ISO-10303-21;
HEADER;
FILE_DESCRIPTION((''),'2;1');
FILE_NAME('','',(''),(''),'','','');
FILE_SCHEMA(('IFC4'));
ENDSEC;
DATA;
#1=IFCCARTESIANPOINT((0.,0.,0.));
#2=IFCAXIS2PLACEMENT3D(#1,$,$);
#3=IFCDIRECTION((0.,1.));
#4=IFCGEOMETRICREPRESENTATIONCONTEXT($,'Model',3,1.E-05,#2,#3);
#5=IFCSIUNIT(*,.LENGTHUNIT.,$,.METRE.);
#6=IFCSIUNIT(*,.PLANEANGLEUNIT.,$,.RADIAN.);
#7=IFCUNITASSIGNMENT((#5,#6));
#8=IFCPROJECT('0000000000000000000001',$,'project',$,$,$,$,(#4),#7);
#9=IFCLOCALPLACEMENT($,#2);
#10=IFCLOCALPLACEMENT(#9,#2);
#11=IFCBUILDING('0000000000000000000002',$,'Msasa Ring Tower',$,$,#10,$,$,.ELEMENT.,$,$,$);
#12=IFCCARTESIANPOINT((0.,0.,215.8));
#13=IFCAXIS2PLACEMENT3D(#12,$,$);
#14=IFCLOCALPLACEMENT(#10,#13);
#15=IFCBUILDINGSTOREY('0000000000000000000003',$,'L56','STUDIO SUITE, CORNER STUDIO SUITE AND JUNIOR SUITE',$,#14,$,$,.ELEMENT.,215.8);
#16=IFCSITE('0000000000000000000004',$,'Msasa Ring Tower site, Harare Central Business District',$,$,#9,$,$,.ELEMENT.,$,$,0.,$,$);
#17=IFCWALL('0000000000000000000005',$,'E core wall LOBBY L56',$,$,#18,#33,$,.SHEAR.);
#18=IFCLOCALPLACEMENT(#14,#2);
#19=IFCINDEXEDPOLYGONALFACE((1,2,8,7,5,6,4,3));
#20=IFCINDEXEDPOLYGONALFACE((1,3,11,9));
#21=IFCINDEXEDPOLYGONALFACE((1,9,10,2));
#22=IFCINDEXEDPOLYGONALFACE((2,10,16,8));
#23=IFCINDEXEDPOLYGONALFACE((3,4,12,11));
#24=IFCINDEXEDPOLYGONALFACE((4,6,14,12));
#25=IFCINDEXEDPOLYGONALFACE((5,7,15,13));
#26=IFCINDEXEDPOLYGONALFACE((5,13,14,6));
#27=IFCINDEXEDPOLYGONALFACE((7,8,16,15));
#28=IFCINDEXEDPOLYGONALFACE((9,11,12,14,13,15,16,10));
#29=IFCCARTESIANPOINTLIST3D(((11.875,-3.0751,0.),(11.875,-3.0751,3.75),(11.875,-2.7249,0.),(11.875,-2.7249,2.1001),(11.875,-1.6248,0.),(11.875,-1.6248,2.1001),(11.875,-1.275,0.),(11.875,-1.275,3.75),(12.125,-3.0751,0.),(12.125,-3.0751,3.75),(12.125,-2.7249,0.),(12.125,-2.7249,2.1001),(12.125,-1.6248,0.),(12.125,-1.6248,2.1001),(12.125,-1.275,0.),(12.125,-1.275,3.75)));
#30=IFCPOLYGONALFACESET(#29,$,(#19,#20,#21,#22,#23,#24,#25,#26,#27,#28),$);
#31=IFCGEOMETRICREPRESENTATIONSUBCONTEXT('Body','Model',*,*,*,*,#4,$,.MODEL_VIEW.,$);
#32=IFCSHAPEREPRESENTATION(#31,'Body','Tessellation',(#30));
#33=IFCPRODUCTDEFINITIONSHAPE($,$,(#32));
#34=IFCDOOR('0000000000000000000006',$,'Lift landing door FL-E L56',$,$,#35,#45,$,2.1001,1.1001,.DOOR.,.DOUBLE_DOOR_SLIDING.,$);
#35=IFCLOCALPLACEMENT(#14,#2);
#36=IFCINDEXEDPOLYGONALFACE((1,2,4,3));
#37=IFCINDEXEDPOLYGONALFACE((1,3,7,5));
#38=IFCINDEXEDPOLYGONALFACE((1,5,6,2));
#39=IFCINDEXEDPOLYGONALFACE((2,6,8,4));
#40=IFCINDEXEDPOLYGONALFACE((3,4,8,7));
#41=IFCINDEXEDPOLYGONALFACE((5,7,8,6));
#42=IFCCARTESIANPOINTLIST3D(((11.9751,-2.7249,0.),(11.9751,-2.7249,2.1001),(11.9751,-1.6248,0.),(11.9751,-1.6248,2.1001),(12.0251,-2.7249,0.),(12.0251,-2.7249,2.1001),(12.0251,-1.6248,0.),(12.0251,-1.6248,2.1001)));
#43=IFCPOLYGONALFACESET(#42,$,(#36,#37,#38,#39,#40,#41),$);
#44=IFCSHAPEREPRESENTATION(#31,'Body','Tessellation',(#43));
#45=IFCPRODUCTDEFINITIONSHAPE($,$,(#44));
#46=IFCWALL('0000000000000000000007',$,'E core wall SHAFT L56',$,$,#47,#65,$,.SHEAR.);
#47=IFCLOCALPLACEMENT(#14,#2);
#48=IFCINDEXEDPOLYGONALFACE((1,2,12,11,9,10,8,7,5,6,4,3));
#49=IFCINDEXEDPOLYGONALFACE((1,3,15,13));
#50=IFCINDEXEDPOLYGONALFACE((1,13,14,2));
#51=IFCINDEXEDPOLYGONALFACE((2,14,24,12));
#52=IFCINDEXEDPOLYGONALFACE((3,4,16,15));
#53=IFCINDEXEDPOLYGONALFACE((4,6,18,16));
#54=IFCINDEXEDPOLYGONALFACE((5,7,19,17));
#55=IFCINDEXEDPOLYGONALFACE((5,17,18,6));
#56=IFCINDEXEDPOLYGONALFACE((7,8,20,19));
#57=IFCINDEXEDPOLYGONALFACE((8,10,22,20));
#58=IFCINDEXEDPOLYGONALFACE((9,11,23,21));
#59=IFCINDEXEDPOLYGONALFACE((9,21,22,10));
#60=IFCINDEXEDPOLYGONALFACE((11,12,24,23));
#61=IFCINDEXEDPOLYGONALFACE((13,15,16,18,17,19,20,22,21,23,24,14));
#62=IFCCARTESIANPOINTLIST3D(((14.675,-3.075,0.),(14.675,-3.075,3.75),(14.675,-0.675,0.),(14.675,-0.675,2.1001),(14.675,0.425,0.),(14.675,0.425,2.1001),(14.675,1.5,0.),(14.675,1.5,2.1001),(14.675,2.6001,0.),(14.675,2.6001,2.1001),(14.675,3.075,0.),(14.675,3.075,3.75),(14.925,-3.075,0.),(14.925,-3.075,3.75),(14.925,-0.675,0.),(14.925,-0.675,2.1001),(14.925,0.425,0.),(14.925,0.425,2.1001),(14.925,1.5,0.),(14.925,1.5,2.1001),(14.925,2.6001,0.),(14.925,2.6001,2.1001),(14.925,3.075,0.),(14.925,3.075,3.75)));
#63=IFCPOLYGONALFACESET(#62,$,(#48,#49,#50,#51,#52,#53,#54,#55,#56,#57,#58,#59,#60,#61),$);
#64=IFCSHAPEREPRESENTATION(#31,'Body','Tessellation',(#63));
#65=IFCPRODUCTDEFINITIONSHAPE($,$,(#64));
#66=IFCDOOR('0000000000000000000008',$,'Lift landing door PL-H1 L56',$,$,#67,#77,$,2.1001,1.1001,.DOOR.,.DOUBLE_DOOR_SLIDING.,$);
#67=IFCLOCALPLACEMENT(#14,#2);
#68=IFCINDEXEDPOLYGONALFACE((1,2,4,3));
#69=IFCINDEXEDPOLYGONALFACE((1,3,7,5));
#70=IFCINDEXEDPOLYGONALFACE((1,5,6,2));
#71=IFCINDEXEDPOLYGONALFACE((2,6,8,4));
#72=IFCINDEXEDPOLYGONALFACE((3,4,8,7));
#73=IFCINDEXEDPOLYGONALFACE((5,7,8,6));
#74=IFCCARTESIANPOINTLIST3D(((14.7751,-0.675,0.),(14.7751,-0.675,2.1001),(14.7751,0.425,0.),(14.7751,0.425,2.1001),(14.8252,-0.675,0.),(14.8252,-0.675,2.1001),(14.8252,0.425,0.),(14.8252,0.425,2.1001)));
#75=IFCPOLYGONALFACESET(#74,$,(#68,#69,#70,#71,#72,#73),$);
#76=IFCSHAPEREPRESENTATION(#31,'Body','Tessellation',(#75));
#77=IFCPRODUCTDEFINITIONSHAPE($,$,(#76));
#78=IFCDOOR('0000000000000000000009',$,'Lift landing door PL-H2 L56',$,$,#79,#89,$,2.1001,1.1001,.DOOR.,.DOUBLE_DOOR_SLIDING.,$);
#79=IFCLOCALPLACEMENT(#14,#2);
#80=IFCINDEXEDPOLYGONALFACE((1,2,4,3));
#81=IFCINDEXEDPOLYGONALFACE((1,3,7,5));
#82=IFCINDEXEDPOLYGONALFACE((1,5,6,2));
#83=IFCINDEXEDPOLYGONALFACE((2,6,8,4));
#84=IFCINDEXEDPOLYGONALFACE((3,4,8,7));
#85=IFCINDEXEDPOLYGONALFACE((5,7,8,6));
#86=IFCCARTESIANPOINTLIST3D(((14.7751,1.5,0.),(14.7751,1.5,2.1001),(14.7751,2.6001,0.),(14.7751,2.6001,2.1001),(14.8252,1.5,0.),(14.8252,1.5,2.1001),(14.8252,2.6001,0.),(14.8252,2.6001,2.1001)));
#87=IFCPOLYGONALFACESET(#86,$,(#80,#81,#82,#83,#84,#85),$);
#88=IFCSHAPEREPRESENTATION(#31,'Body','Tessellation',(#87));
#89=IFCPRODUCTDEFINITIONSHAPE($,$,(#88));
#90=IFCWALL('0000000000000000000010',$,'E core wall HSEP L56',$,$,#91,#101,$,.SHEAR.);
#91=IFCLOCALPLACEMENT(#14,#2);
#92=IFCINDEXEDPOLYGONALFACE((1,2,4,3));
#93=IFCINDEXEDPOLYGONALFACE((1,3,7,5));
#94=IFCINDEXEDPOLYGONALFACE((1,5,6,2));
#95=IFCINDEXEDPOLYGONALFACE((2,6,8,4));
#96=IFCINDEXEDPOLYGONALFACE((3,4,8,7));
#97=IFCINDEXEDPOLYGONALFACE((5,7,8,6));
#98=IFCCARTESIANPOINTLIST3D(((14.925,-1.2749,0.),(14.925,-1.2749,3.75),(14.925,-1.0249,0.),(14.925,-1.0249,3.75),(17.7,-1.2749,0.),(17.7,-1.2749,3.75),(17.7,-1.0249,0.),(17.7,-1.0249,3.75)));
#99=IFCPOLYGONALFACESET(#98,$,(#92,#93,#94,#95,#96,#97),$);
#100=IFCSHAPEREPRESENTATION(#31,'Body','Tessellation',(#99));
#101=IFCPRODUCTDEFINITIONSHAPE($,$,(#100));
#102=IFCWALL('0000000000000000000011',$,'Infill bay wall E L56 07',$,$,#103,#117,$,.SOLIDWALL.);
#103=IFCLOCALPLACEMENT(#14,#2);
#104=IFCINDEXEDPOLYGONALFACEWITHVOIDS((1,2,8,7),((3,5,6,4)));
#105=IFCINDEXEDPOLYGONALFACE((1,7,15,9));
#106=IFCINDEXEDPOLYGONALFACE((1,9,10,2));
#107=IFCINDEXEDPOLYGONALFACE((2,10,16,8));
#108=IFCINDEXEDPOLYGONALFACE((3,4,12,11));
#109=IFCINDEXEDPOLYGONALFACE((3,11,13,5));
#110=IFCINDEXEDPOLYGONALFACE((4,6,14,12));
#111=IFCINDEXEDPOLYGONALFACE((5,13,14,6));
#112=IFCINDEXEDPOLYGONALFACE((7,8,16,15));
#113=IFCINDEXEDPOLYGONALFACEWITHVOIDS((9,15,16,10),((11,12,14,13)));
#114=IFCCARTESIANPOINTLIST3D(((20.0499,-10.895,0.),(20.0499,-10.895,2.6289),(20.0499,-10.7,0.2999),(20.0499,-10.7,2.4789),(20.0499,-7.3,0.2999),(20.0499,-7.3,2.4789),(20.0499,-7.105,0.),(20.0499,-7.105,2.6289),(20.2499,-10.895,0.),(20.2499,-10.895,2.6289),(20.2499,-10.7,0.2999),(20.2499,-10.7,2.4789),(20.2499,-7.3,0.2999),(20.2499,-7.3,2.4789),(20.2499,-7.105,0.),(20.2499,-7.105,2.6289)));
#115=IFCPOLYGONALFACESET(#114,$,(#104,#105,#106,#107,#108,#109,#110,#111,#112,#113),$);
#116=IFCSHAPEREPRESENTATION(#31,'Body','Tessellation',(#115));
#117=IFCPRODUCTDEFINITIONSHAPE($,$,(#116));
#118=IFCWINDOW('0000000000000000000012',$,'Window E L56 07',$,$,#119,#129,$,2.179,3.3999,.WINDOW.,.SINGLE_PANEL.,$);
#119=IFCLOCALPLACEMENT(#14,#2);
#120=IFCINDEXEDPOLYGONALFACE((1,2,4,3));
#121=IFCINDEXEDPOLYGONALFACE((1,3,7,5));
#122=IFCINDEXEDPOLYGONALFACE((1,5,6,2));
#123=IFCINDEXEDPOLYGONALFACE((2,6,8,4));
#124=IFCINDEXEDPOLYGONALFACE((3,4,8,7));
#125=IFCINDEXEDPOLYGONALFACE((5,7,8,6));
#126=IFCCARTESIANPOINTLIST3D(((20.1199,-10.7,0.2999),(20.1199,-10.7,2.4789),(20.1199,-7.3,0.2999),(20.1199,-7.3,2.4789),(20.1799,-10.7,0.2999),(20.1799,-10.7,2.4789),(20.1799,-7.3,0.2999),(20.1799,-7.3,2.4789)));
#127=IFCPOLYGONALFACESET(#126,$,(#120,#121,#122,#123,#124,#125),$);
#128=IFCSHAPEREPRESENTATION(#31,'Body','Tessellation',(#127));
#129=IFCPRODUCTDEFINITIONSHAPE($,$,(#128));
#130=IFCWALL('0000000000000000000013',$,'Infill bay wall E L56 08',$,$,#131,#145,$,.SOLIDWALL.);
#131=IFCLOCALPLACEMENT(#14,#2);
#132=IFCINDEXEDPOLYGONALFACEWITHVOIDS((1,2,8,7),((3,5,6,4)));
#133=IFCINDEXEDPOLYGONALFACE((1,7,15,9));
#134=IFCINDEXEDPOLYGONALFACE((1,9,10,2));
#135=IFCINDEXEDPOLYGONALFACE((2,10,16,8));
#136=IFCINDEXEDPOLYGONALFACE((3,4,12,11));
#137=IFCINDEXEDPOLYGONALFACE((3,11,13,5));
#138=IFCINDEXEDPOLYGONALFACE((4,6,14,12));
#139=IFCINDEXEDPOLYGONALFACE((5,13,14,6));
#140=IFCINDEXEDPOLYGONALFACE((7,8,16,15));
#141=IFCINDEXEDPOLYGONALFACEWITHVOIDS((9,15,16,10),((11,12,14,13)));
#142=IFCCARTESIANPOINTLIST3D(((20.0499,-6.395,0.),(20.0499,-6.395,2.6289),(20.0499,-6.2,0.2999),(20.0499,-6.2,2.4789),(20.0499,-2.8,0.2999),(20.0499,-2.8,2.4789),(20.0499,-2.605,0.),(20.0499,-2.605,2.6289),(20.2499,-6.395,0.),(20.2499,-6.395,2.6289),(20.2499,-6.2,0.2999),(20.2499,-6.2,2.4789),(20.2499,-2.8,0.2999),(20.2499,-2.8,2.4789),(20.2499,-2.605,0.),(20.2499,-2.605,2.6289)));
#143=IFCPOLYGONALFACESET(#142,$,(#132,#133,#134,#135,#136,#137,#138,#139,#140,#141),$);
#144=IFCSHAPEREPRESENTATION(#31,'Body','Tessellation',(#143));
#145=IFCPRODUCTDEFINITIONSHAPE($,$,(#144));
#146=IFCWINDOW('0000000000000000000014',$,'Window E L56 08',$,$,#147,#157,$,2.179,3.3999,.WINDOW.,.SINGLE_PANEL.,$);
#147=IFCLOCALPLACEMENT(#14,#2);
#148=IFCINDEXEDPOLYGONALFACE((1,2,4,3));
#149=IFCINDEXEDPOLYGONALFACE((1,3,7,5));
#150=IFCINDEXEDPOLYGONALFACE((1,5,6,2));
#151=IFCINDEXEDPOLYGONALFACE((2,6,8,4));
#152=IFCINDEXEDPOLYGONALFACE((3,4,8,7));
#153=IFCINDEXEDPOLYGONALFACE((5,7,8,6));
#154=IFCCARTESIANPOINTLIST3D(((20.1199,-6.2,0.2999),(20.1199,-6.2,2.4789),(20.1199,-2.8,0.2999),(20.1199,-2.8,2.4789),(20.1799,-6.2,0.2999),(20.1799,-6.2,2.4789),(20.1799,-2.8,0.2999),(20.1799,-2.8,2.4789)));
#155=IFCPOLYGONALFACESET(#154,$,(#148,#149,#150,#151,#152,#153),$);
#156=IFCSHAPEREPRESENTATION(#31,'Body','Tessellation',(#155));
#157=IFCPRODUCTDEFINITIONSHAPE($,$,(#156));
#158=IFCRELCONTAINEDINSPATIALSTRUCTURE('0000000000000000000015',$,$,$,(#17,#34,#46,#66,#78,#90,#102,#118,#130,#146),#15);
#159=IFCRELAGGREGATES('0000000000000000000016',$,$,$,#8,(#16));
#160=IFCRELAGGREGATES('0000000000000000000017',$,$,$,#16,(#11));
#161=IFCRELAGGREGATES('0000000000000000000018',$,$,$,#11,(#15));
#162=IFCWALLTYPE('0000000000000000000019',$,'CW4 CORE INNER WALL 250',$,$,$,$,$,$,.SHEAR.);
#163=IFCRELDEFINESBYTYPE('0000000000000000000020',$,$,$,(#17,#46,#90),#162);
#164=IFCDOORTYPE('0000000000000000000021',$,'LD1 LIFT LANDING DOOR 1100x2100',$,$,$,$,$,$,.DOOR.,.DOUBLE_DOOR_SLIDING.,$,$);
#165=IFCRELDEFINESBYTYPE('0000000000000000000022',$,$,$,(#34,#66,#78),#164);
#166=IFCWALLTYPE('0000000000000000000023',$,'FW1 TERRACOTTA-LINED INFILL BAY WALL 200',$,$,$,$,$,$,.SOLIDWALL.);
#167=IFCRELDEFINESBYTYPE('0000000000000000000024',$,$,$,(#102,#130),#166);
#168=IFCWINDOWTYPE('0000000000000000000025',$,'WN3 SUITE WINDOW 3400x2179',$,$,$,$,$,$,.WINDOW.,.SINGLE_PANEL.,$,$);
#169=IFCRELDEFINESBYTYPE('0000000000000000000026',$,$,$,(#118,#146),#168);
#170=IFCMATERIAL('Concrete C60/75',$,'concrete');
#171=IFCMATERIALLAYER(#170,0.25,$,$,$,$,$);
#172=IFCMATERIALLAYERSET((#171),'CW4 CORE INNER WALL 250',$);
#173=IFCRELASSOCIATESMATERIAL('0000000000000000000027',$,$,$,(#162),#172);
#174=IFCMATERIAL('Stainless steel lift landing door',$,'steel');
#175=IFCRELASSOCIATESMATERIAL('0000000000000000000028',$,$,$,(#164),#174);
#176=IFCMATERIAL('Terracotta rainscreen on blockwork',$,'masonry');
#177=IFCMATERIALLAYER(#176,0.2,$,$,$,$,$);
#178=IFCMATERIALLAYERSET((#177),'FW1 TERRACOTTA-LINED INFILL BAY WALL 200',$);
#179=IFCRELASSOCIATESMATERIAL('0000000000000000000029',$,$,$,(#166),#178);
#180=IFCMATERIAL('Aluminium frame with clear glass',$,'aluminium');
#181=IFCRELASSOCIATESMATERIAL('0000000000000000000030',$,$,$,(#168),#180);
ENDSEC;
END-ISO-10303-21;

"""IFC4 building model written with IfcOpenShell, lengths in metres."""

from ifc_helpers import new_model, si_unit, direction, frame, frame_2d, origin, place, context, subcontext, project, spatial, rectangle, extrude, material, layer, layer_set, type_object, element, fill, save


model = new_model("IFC4")

# Units and contexts
model_context = context("Model", 3, precision=1e-05, world=origin(), true_north=direction((0.0, 1.0)))
body_context = subcontext(model_context, "Body", "Model", "MODEL_VIEW")
ifc_project = project(units=[si_unit("LENGTHUNIT", "METRE"), si_unit("PLANEANGLEUNIT", "RADIAN")], contexts=[model_context])

# Site, building, storey
site_placement = place(None, origin())
site = spatial("IfcSite", under=ifc_project, at=site_placement, Name="Msasa Ring Tower site, Harare Central Business District", CompositionType="ELEMENT", RefElevation=0.0)
building_placement = place(site_placement, origin())
building = spatial("IfcBuilding", under=site, at=building_placement, Name="Msasa Ring Tower", CompositionType="ELEMENT")
storey_placement = place(building_placement, frame((0.0, 0.0, 215.8)))
storey = spatial("IfcBuildingStorey", under=building, at=storey_placement, Name="L56", Description="STUDIO SUITE, CORNER STUDIO SUITE AND JUNIOR SUITE", CompositionType="ELEMENT", Elevation=215.8)

# Shared definitions
ifc_material_1 = material(Name="Concrete C60/75", Category="concrete")
ifc_layer_1 = layer(ifc_material_1, 0.25)
ifc_layer_set_1 = layer_set([ifc_layer_1], Name="CW4 CORE INNER WALL 250")
wall_type_1 = type_object("IfcWallType", Name="CW4 CORE INNER WALL 250", PredefinedType="SHEAR", material=ifc_layer_set_1)

# Wall, opening, door
wall_1_placement = place(storey_placement, frame((12.0, -3.075, 0.0), z_axis=(0.0, 0.0, 1.0), x_axis=(0.0, 1.0, 0.0)))
wall_1 = element("IfcWall", 1, at=wall_1_placement, inside=storey, type_object=wall_type_1, Name="E core wall LOBBY L56", PredefinedType="SHEAR", context=body_context, shape_type="SweptSolid", body=[
    extrude(rectangle(XDim=1.8, YDim=0.25, at=frame_2d((0.8999, 0.0))), origin(), (0.0, 0.0, 1.0), 3.75),
])
opening_1_placement = place(wall_1_placement, frame((0.3501, 0.0, 0.0)))
opening_1 = element("IfcOpeningElement", 2, at=opening_1_placement, cuts=wall_1, PredefinedType="OPENING", context=body_context, shape_type="SweptSolid", body=[
    extrude(rectangle(XDim=1.1001, YDim=2.1001, at=frame_2d((0.55, 1.05))), frame((0.0, 0.135, 0.0), z_axis=(0.0, -1.0, 0.0), x_axis=(1.0, 0.0, 0.0)), (0.0, 0.0, 1.0), 0.27),
])
ifc_material_2 = material(Name="Stainless steel lift landing door", Category="steel")
door_type_1 = type_object("IfcDoorType", Name="LD1 LIFT LANDING DOOR 1100x2100", OperationType="DOUBLE_DOOR_SLIDING", PredefinedType="DOOR", material=ifc_material_2)
door_1_placement = place(opening_1_placement, origin())
door_1 = element("IfcDoor", 3, at=door_1_placement, inside=storey, type_object=door_type_1, Name="Lift landing door FL-E L56", OperationType="DOUBLE_DOOR_SLIDING", OverallHeight=2.1001, OverallWidth=1.1001, PredefinedType="DOOR", context=body_context, shape_type="SweptSolid", body=[
    extrude(rectangle(XDim=1.1001, YDim=2.1001, at=frame_2d((0.55, 1.05))), frame((0.0, 0.0249, 0.0), z_axis=(0.0, -1.0, 0.0), x_axis=(1.0, 0.0, 0.0)), (0.0, 0.0, 1.0), 0.05),
])
fill(opening_1, door_1)

# Wall, openings, doors
wall_2_placement = place(storey_placement, frame((14.8, -3.075, 0.0), z_axis=(0.0, 0.0, 1.0), x_axis=(0.0, 1.0, 0.0)))
wall_2 = element("IfcWall", 4, at=wall_2_placement, inside=storey, type_object=wall_type_1, Name="E core wall SHAFT L56", PredefinedType="SHEAR", context=body_context, shape_type="SweptSolid", body=[
    extrude(rectangle(XDim=6.1499, YDim=0.25, at=frame_2d((3.075, 0.0))), origin(), (0.0, 0.0, 1.0), 3.75),
])
opening_2_placement = place(wall_2_placement, frame((2.3999, 0.0, 0.0)))
opening_2 = element("IfcOpeningElement", 5, at=opening_2_placement, cuts=wall_2, PredefinedType="OPENING", context=body_context, shape_type="SweptSolid", body=[
    extrude(rectangle(XDim=1.1001, YDim=2.1001, at=frame_2d((0.55, 1.05))), frame((0.0, 0.135, 0.0), z_axis=(0.0, -1.0, 0.0), x_axis=(1.0, 0.0, 0.0)), (0.0, 0.0, 1.0), 0.27),
])
opening_3_placement = place(wall_2_placement, frame((4.575, 0.0, 0.0)))
opening_3 = element("IfcOpeningElement", 6, at=opening_3_placement, cuts=wall_2, PredefinedType="OPENING", context=body_context, shape_type="SweptSolid", body=[
    extrude(rectangle(XDim=1.1001, YDim=2.1001, at=frame_2d((0.55, 1.05))), frame((0.0, 0.135, 0.0), z_axis=(0.0, -1.0, 0.0), x_axis=(1.0, 0.0, 0.0)), (0.0, 0.0, 1.0), 0.27),
])
door_2_placement = place(opening_2_placement, origin())
door_2 = element("IfcDoor", 7, at=door_2_placement, inside=storey, type_object=door_type_1, Name="Lift landing door PL-H1 L56", OperationType="DOUBLE_DOOR_SLIDING", OverallHeight=2.1001, OverallWidth=1.1001, PredefinedType="DOOR", context=body_context, shape_type="SweptSolid", body=[
    extrude(rectangle(XDim=1.1001, YDim=2.1001, at=frame_2d((0.55, 1.05))), frame((0.0, 0.0249, 0.0), z_axis=(0.0, -1.0, 0.0), x_axis=(1.0, 0.0, 0.0)), (0.0, 0.0, 1.0), 0.05),
])
fill(opening_2, door_2)
door_3_placement = place(opening_3_placement, origin())
door_3 = element("IfcDoor", 8, at=door_3_placement, inside=storey, type_object=door_type_1, Name="Lift landing door PL-H2 L56", OperationType="DOUBLE_DOOR_SLIDING", OverallHeight=2.1001, OverallWidth=1.1001, PredefinedType="DOOR", context=body_context, shape_type="SweptSolid", body=[
    extrude(rectangle(XDim=1.1001, YDim=2.1001, at=frame_2d((0.55, 1.05))), frame((0.0, 0.0249, 0.0), z_axis=(0.0, -1.0, 0.0), x_axis=(1.0, 0.0, 0.0)), (0.0, 0.0, 1.0), 0.05),
])
fill(opening_3, door_3)

# Wall
wall_3_placement = place(storey_placement, frame((14.925, -1.1499, 0.0), z_axis=(0.0, 0.0, 1.0), x_axis=(1.0, 0.0, 0.0)))
element("IfcWall", 9, at=wall_3_placement, inside=storey, type_object=wall_type_1, Name="E core wall HSEP L56", PredefinedType="SHEAR", context=body_context, shape_type="SweptSolid", body=[
    extrude(rectangle(XDim=2.7749, YDim=0.25, at=frame_2d((1.3875, 0.0))), origin(), (0.0, 0.0, 1.0), 3.75),
])

# Walls, openings, windows
ifc_material_3 = material(Name="Terracotta rainscreen on blockwork", Category="masonry")
ifc_layer_2 = layer(ifc_material_3, 0.2)
ifc_layer_set_2 = layer_set([ifc_layer_2], Name="FW1 TERRACOTTA-LINED INFILL BAY WALL 200")
wall_type_2 = type_object("IfcWallType", Name="FW1 TERRACOTTA-LINED INFILL BAY WALL 200", PredefinedType="SOLIDWALL", material=ifc_layer_set_2)
wall_4_placement = place(storey_placement, frame((20.1499, -10.895, 0.0), z_axis=(0.0, 0.0, 1.0), x_axis=(0.0, 1.0, 0.0)))
wall_4 = element("IfcWall", 10, at=wall_4_placement, inside=storey, type_object=wall_type_2, Name="Infill bay wall E L56 07", PredefinedType="SOLIDWALL", context=body_context, shape_type="SweptSolid", body=[
    extrude(rectangle(XDim=3.79, YDim=0.2, at=frame_2d((1.895, 0.0))), origin(), (0.0, 0.0, 1.0), 2.6289),
])
opening_4_placement = place(wall_4_placement, frame((0.1951, 0.0, 0.3)))
opening_4 = element("IfcOpeningElement", 11, at=opening_4_placement, cuts=wall_4, PredefinedType="OPENING", context=body_context, shape_type="SweptSolid", body=[
    extrude(rectangle(XDim=3.3999, YDim=2.179, at=frame_2d((1.7, 1.0894))), frame((0.0, 0.1099, 0.0), z_axis=(0.0, -1.0, 0.0), x_axis=(1.0, 0.0, 0.0)), (0.0, 0.0, 1.0), 0.22),
])
ifc_material_4 = material(Name="Aluminium frame with clear glass", Category="aluminium")
window_type = type_object("IfcWindowType", Name="WN3 SUITE WINDOW 3400x2179", PartitioningType="SINGLE_PANEL", PredefinedType="WINDOW", material=ifc_material_4)
window_1_placement = place(opening_4_placement, origin())
window_1 = element("IfcWindow", 12, at=window_1_placement, inside=storey, type_object=window_type, Name="Window E L56 07", OverallHeight=2.179, OverallWidth=3.3999, PartitioningType="SINGLE_PANEL", PredefinedType="WINDOW", context=body_context, shape_type="SweptSolid", body=[
    extrude(rectangle(XDim=3.3999, YDim=2.179, at=frame_2d((1.7, 1.0894))), frame((0.0, 0.03, 0.0), z_axis=(0.0, -1.0, 0.0), x_axis=(1.0, 0.0, 0.0)), (0.0, 0.0, 1.0), 0.0601),
])
fill(opening_4, window_1)
wall_5_placement = place(storey_placement, frame((20.1499, -6.395, 0.0), z_axis=(0.0, 0.0, 1.0), x_axis=(0.0, 1.0, 0.0)))
wall_5 = element("IfcWall", 13, at=wall_5_placement, inside=storey, type_object=wall_type_2, Name="Infill bay wall E L56 08", PredefinedType="SOLIDWALL", context=body_context, shape_type="SweptSolid", body=[
    extrude(rectangle(XDim=3.79, YDim=0.2, at=frame_2d((1.895, 0.0))), origin(), (0.0, 0.0, 1.0), 2.6289),
])
opening_5_placement = place(wall_5_placement, frame((0.1951, 0.0, 0.3)))
opening_5 = element("IfcOpeningElement", 14, at=opening_5_placement, cuts=wall_5, PredefinedType="OPENING", context=body_context, shape_type="SweptSolid", body=[
    extrude(rectangle(XDim=3.3999, YDim=2.179, at=frame_2d((1.7, 1.0894))), frame((0.0, 0.1099, 0.0), z_axis=(0.0, -1.0, 0.0), x_axis=(1.0, 0.0, 0.0)), (0.0, 0.0, 1.0), 0.22),
])
window_2_placement = place(opening_5_placement, origin())
window_2 = element("IfcWindow", 15, at=window_2_placement, inside=storey, type_object=window_type, Name="Window E L56 08", OverallHeight=2.179, OverallWidth=3.3999, PartitioningType="SINGLE_PANEL", PredefinedType="WINDOW", context=body_context, shape_type="SweptSolid", body=[
    extrude(rectangle(XDim=3.3999, YDim=2.179, at=frame_2d((1.7, 1.0894))), frame((0.0, 0.03, 0.0), z_axis=(0.0, -1.0, 0.0), x_axis=(1.0, 0.0, 0.0)), (0.0, 0.0, 1.0), 0.0601),
])
fill(opening_5, window_2)

save(model, "model.ifc")
